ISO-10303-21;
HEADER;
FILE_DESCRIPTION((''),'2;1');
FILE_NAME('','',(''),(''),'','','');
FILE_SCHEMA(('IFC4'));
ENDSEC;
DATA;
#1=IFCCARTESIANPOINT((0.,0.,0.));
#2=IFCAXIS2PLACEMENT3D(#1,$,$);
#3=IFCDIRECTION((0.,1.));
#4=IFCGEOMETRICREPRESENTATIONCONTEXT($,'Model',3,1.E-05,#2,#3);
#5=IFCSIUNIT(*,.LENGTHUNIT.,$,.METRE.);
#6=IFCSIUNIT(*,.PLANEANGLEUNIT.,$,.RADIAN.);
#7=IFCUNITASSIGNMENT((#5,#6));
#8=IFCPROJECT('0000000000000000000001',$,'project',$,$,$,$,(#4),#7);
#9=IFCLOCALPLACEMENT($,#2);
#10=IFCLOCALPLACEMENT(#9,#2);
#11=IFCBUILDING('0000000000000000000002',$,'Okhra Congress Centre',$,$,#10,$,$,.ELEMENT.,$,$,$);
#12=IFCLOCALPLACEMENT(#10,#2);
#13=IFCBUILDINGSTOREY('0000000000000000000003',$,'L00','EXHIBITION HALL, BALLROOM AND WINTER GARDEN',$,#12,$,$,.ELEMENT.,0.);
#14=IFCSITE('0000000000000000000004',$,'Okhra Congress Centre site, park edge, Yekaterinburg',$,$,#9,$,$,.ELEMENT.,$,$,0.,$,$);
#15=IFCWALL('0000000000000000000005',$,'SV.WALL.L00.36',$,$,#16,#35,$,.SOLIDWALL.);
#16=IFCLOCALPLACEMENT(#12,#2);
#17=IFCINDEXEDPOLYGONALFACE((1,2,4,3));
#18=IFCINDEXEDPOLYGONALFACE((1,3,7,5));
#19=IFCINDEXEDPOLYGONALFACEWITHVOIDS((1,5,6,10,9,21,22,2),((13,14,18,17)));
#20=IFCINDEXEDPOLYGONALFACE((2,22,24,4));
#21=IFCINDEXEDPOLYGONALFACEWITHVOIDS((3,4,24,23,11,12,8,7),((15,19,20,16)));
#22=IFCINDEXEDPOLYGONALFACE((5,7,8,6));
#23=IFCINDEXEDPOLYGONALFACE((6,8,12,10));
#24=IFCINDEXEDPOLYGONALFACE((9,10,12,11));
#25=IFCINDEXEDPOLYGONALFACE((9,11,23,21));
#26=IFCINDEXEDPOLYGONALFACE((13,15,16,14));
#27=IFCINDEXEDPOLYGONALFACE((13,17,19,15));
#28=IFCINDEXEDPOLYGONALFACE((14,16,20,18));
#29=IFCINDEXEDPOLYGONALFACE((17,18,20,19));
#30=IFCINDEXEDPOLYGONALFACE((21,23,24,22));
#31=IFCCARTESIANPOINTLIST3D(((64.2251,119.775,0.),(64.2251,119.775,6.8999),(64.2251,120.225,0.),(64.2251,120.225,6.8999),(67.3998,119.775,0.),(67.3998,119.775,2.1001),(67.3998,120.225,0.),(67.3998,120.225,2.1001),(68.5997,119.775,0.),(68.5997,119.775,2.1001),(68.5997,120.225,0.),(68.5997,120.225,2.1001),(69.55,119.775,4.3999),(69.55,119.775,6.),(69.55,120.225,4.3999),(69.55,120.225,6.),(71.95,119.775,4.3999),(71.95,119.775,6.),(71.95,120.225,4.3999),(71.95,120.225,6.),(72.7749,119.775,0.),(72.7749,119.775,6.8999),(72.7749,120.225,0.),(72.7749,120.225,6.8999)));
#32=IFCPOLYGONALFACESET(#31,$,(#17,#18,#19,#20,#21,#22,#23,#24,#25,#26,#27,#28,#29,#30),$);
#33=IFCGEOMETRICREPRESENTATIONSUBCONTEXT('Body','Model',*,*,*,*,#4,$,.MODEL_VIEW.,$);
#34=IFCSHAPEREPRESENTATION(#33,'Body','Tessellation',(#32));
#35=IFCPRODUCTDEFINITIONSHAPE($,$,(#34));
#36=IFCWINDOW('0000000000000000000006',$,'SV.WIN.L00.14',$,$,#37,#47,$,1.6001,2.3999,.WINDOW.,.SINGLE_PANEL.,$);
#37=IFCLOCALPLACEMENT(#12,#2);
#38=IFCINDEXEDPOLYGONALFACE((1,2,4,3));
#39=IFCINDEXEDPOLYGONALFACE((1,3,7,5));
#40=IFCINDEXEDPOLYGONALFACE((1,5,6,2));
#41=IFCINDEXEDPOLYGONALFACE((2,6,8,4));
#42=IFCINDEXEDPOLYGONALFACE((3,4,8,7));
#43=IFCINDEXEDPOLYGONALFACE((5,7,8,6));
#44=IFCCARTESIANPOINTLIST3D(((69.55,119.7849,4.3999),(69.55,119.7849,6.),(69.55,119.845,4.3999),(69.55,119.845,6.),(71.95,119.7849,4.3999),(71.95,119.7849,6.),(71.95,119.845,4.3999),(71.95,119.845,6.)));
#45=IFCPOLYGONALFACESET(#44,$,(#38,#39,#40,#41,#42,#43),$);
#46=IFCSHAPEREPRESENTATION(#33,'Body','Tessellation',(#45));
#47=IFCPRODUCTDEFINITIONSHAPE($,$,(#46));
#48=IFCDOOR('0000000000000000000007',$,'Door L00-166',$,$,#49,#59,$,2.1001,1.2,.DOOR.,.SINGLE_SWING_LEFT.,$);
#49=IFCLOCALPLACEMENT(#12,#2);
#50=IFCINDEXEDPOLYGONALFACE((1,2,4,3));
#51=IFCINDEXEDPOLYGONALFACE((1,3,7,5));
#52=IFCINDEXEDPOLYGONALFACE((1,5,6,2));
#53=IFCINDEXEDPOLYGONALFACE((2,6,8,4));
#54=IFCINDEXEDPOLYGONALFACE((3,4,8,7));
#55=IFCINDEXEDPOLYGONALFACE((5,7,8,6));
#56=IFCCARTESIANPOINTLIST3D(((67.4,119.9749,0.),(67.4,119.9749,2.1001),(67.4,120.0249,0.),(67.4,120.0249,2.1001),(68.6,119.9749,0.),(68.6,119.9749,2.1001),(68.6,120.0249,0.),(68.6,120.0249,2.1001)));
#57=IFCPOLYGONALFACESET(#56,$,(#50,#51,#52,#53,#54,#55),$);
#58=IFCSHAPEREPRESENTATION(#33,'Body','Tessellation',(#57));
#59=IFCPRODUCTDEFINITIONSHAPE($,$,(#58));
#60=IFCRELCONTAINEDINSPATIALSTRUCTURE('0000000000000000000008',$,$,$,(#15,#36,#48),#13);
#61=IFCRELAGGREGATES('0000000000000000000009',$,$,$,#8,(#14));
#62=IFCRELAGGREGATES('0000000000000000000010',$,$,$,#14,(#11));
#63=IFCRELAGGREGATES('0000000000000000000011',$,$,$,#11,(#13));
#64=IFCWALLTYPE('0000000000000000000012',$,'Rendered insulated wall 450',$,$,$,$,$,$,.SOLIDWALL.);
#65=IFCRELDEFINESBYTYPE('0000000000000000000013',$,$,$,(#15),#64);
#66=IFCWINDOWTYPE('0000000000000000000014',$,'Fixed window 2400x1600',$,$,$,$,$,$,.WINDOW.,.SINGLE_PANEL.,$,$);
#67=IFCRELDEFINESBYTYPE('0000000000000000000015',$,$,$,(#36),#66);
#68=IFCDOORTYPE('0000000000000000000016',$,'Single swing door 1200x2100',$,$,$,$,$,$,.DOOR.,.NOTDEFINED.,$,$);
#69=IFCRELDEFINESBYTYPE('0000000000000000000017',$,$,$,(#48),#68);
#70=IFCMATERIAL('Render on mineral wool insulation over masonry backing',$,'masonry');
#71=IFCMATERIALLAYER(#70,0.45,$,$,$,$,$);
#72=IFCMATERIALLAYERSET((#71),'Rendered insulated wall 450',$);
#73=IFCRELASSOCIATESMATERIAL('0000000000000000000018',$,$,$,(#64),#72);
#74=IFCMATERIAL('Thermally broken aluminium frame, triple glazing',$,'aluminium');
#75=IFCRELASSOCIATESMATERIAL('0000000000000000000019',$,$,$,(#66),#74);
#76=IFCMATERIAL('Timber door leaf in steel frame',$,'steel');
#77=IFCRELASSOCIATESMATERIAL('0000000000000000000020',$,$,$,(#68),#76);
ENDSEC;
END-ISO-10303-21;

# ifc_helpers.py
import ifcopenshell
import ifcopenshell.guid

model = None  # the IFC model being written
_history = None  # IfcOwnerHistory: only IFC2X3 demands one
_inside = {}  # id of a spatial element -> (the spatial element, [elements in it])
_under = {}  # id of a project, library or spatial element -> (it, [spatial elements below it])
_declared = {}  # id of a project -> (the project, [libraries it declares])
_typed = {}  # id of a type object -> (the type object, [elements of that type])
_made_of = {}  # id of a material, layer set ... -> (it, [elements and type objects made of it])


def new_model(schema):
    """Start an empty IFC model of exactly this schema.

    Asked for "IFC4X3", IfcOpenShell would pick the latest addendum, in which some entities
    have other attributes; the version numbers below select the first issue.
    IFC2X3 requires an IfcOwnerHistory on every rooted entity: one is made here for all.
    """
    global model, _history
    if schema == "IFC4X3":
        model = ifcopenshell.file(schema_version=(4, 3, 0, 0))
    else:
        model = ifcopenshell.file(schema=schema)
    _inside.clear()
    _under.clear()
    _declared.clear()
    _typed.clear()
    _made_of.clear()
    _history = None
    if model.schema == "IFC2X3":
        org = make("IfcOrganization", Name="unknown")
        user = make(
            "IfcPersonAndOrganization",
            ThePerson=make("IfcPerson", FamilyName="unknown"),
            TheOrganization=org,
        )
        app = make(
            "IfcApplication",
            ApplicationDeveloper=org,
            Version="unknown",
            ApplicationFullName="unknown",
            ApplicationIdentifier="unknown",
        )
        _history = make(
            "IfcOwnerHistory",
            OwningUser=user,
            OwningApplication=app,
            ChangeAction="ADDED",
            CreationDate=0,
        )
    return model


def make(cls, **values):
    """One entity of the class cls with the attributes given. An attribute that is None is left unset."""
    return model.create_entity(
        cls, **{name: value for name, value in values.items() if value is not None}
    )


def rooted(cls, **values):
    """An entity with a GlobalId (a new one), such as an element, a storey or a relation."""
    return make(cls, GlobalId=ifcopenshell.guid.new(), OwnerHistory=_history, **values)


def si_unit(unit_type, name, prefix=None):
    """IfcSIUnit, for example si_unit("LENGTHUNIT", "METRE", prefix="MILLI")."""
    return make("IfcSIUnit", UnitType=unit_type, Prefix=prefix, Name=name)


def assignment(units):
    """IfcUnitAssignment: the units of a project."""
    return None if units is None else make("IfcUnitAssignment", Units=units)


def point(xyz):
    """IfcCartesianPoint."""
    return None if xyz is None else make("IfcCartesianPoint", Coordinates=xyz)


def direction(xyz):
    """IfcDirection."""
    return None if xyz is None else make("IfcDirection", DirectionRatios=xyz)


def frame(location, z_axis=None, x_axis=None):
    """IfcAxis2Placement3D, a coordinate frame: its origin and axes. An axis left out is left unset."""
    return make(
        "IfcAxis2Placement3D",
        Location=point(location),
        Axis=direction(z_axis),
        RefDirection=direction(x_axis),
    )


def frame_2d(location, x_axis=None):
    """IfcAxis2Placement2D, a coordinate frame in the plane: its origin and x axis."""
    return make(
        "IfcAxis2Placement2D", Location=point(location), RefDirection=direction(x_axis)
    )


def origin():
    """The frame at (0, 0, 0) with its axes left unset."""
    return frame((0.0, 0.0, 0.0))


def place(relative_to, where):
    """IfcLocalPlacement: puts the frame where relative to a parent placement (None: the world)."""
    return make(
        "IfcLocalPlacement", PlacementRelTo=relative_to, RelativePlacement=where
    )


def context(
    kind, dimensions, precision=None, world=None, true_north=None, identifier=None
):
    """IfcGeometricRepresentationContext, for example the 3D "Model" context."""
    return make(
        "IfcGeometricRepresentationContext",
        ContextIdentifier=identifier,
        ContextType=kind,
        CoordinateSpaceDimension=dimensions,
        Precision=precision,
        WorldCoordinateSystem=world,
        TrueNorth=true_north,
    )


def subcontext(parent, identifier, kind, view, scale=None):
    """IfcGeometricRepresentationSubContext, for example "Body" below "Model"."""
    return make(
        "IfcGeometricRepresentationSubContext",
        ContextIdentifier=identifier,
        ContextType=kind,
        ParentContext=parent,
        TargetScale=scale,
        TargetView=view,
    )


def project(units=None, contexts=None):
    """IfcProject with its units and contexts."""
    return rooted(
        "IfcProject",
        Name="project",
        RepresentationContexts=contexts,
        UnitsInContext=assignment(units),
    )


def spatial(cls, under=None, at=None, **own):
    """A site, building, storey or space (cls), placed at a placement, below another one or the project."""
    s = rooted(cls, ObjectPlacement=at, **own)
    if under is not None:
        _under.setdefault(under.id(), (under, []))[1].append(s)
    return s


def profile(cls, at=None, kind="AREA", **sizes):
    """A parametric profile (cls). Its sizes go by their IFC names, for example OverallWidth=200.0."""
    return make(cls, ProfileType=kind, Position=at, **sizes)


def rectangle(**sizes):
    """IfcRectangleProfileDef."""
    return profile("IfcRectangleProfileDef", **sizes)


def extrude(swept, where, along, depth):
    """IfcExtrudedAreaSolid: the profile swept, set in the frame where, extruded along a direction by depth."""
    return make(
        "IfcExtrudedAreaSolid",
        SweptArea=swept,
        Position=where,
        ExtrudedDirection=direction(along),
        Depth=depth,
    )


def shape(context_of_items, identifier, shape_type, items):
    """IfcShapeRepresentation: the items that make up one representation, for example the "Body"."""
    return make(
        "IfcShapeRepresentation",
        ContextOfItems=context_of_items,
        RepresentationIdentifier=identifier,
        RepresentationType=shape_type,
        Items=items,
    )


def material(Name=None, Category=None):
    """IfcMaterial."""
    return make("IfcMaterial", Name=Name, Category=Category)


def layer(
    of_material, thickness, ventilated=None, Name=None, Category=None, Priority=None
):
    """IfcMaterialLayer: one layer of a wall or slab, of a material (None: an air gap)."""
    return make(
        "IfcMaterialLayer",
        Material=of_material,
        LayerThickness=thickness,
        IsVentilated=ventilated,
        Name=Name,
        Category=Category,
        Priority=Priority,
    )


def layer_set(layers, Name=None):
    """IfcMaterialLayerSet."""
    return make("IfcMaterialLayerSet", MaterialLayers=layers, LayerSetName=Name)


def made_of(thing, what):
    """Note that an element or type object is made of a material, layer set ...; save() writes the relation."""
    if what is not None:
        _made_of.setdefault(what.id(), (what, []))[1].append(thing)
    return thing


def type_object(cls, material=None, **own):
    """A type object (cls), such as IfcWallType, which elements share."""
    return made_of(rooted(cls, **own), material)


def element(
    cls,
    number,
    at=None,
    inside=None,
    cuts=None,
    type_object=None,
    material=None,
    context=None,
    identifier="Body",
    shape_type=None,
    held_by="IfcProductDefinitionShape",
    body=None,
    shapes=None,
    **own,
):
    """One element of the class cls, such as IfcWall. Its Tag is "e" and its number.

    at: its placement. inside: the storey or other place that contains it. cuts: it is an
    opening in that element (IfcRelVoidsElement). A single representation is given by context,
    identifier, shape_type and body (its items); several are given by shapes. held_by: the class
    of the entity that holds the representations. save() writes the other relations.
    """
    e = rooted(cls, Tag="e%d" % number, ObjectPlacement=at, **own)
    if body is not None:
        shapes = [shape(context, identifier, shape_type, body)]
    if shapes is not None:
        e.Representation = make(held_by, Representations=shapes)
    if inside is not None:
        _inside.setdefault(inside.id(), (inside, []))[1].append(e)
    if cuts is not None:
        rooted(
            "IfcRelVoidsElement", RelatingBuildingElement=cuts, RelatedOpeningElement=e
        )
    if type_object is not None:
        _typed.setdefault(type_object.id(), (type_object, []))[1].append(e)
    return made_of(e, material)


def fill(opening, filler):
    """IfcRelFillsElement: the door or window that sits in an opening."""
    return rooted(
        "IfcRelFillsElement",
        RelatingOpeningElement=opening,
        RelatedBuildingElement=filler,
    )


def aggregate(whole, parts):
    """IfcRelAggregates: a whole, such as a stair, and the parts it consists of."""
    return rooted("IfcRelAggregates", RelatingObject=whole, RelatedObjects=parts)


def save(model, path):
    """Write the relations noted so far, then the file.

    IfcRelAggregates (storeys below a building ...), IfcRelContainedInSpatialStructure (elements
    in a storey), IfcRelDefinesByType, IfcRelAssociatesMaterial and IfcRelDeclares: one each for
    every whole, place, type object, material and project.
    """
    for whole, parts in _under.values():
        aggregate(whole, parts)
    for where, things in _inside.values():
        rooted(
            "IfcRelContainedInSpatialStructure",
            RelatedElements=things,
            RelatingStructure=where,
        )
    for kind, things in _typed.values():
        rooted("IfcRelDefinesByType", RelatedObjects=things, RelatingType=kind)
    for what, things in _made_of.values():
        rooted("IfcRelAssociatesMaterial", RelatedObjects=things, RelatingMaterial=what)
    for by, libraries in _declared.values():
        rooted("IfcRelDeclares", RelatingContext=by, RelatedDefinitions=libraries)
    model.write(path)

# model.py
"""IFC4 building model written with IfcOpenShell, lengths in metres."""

from ifc_helpers import new_model, si_unit, direction, frame, frame_2d, origin, place, context, subcontext, project, spatial, rectangle, extrude, material, layer, layer_set, type_object, element, fill, save


model = new_model("IFC4")

# Units and contexts
model_context = context("Model", 3, precision=1e-05, world=origin(), true_north=direction((0.0, 1.0)))
body_context = subcontext(model_context, "Body", "Model", "MODEL_VIEW")
ifc_project = project(units=[si_unit("LENGTHUNIT", "METRE"), si_unit("PLANEANGLEUNIT", "RADIAN")], contexts=[model_context])

# Site, building, storey
site_placement = place(None, origin())
site = spatial("IfcSite", under=ifc_project, at=site_placement, Name="Okhra Congress Centre site, park edge, Yekaterinburg", CompositionType="ELEMENT", RefElevation=0.0)
building_placement = place(site_placement, origin())
building = spatial("IfcBuilding", under=site, at=building_placement, Name="Okhra Congress Centre", CompositionType="ELEMENT")
storey_placement = place(building_placement, origin())
storey = spatial("IfcBuildingStorey", under=building, at=storey_placement, Name="L00", Description="EXHIBITION HALL, BALLROOM AND WINTER GARDEN", CompositionType="ELEMENT", Elevation=0.0)

# Shared definitions
ifc_material_1 = material(Name="Thermally broken aluminium frame, triple glazing", Category="aluminium")

# Wall, openings, window, door
ifc_material_2 = material(Name="Render on mineral wool insulation over masonry backing", Category="masonry")
ifc_layer_1 = layer(ifc_material_2, 0.45)
ifc_layer_set_1 = layer_set([ifc_layer_1], Name="Rendered insulated wall 450")
wall_type_1 = type_object("IfcWallType", Name="Rendered insulated wall 450", PredefinedType="SOLIDWALL", material=ifc_layer_set_1)
wall_1_placement = place(storey_placement, frame((72.7749, 120.0, 0.0), z_axis=(0.0, 0.0, 1.0), x_axis=(-1.0, 0.0, 0.0)))
wall_1 = element("IfcWall", 1, at=wall_1_placement, inside=storey, type_object=wall_type_1, Name="SV.WALL.L00.36", PredefinedType="SOLIDWALL", context=body_context, shape_type="SweptSolid", body=[
    extrude(rectangle(XDim=8.5498, YDim=0.45, at=frame_2d((4.2749, 0.0))), origin(), (0.0, 0.0, 1.0), 6.8999),
])
opening_1_placement = place(wall_1_placement, frame((4.175, 0.0, 0.0)))
opening_1 = element("IfcOpeningElement", 2, at=opening_1_placement, cuts=wall_1, PredefinedType="OPENING", context=body_context, shape_type="SweptSolid", body=[
    extrude(rectangle(XDim=1.2, YDim=2.1001, at=frame_2d((0.6001, 1.05))), frame((0.0, 0.2349, 0.0), z_axis=(0.0, -1.0, 0.0), x_axis=(1.0, 0.0, 0.0)), (0.0, 0.0, 1.0), 0.47),
])
opening_2_placement = place(wall_1_placement, frame((0.825, 0.0, 4.3999)))
opening_2 = element("IfcOpeningElement", 3, at=opening_2_placement, cuts=wall_1, PredefinedType="OPENING", context=body_context, shape_type="SweptSolid", body=[
    extrude(rectangle(XDim=2.3999, YDim=1.6001, at=frame_2d((1.2, 0.8))), frame((0.0, 0.2349, 0.0), z_axis=(0.0, -1.0, 0.0), x_axis=(1.0, 0.0, 0.0)), (0.0, 0.0, 1.0), 0.47),
])
window_type_1 = type_object("IfcWindowType", Name="Fixed window 2400x1600", PartitioningType="SINGLE_PANEL", PredefinedType="WINDOW", material=ifc_material_1)
window_1_placement = place(opening_2_placement, origin())
window_1 = element("IfcWindow", 4, at=window_1_placement, inside=storey, type_object=window_type_1, Name="SV.WIN.L00.14", OverallHeight=1.6001, OverallWidth=2.3999, PartitioningType="SINGLE_PANEL", PredefinedType="WINDOW", context=body_context, shape_type="SweptSolid", body=[
    extrude(rectangle(XDim=2.3999, YDim=1.6001, at=frame_2d((1.2, 0.8))), frame((0.0, 0.2151, 0.0), z_axis=(0.0, -1.0, 0.0), x_axis=(1.0, 0.0, 0.0)), (0.0, 0.0, 1.0), 0.0601),
])
fill(opening_2, window_1)
ifc_material_3 = material(Name="Timber door leaf in steel frame", Category="steel")
door_type_1 = type_object("IfcDoorType", Name="Single swing door 1200x2100", OperationType="NOTDEFINED", PredefinedType="DOOR", material=ifc_material_3)
door_1_placement = place(opening_1_placement, frame((1.2, 0.0, 0.0), z_axis=(0.0, 0.0, 1.0), x_axis=(-1.0, 0.0, 0.0)))
door_1 = element("IfcDoor", 5, at=door_1_placement, inside=storey, type_object=door_type_1, Name="Door L00-166", OperationType="SINGLE_SWING_LEFT", OverallHeight=2.1001, OverallWidth=1.2, PredefinedType="DOOR", context=body_context, shape_type="SweptSolid", body=[
    extrude(rectangle(XDim=1.2, YDim=2.1001, at=frame_2d((0.6001, 1.05))), frame((0.0, 0.0249, 0.0), z_axis=(0.0, -1.0, 0.0), x_axis=(1.0, 0.0, 0.0)), (0.0, 0.0, 1.0), 0.05),
])
fill(opening_1, door_1)

save(model, "model.ifc")
